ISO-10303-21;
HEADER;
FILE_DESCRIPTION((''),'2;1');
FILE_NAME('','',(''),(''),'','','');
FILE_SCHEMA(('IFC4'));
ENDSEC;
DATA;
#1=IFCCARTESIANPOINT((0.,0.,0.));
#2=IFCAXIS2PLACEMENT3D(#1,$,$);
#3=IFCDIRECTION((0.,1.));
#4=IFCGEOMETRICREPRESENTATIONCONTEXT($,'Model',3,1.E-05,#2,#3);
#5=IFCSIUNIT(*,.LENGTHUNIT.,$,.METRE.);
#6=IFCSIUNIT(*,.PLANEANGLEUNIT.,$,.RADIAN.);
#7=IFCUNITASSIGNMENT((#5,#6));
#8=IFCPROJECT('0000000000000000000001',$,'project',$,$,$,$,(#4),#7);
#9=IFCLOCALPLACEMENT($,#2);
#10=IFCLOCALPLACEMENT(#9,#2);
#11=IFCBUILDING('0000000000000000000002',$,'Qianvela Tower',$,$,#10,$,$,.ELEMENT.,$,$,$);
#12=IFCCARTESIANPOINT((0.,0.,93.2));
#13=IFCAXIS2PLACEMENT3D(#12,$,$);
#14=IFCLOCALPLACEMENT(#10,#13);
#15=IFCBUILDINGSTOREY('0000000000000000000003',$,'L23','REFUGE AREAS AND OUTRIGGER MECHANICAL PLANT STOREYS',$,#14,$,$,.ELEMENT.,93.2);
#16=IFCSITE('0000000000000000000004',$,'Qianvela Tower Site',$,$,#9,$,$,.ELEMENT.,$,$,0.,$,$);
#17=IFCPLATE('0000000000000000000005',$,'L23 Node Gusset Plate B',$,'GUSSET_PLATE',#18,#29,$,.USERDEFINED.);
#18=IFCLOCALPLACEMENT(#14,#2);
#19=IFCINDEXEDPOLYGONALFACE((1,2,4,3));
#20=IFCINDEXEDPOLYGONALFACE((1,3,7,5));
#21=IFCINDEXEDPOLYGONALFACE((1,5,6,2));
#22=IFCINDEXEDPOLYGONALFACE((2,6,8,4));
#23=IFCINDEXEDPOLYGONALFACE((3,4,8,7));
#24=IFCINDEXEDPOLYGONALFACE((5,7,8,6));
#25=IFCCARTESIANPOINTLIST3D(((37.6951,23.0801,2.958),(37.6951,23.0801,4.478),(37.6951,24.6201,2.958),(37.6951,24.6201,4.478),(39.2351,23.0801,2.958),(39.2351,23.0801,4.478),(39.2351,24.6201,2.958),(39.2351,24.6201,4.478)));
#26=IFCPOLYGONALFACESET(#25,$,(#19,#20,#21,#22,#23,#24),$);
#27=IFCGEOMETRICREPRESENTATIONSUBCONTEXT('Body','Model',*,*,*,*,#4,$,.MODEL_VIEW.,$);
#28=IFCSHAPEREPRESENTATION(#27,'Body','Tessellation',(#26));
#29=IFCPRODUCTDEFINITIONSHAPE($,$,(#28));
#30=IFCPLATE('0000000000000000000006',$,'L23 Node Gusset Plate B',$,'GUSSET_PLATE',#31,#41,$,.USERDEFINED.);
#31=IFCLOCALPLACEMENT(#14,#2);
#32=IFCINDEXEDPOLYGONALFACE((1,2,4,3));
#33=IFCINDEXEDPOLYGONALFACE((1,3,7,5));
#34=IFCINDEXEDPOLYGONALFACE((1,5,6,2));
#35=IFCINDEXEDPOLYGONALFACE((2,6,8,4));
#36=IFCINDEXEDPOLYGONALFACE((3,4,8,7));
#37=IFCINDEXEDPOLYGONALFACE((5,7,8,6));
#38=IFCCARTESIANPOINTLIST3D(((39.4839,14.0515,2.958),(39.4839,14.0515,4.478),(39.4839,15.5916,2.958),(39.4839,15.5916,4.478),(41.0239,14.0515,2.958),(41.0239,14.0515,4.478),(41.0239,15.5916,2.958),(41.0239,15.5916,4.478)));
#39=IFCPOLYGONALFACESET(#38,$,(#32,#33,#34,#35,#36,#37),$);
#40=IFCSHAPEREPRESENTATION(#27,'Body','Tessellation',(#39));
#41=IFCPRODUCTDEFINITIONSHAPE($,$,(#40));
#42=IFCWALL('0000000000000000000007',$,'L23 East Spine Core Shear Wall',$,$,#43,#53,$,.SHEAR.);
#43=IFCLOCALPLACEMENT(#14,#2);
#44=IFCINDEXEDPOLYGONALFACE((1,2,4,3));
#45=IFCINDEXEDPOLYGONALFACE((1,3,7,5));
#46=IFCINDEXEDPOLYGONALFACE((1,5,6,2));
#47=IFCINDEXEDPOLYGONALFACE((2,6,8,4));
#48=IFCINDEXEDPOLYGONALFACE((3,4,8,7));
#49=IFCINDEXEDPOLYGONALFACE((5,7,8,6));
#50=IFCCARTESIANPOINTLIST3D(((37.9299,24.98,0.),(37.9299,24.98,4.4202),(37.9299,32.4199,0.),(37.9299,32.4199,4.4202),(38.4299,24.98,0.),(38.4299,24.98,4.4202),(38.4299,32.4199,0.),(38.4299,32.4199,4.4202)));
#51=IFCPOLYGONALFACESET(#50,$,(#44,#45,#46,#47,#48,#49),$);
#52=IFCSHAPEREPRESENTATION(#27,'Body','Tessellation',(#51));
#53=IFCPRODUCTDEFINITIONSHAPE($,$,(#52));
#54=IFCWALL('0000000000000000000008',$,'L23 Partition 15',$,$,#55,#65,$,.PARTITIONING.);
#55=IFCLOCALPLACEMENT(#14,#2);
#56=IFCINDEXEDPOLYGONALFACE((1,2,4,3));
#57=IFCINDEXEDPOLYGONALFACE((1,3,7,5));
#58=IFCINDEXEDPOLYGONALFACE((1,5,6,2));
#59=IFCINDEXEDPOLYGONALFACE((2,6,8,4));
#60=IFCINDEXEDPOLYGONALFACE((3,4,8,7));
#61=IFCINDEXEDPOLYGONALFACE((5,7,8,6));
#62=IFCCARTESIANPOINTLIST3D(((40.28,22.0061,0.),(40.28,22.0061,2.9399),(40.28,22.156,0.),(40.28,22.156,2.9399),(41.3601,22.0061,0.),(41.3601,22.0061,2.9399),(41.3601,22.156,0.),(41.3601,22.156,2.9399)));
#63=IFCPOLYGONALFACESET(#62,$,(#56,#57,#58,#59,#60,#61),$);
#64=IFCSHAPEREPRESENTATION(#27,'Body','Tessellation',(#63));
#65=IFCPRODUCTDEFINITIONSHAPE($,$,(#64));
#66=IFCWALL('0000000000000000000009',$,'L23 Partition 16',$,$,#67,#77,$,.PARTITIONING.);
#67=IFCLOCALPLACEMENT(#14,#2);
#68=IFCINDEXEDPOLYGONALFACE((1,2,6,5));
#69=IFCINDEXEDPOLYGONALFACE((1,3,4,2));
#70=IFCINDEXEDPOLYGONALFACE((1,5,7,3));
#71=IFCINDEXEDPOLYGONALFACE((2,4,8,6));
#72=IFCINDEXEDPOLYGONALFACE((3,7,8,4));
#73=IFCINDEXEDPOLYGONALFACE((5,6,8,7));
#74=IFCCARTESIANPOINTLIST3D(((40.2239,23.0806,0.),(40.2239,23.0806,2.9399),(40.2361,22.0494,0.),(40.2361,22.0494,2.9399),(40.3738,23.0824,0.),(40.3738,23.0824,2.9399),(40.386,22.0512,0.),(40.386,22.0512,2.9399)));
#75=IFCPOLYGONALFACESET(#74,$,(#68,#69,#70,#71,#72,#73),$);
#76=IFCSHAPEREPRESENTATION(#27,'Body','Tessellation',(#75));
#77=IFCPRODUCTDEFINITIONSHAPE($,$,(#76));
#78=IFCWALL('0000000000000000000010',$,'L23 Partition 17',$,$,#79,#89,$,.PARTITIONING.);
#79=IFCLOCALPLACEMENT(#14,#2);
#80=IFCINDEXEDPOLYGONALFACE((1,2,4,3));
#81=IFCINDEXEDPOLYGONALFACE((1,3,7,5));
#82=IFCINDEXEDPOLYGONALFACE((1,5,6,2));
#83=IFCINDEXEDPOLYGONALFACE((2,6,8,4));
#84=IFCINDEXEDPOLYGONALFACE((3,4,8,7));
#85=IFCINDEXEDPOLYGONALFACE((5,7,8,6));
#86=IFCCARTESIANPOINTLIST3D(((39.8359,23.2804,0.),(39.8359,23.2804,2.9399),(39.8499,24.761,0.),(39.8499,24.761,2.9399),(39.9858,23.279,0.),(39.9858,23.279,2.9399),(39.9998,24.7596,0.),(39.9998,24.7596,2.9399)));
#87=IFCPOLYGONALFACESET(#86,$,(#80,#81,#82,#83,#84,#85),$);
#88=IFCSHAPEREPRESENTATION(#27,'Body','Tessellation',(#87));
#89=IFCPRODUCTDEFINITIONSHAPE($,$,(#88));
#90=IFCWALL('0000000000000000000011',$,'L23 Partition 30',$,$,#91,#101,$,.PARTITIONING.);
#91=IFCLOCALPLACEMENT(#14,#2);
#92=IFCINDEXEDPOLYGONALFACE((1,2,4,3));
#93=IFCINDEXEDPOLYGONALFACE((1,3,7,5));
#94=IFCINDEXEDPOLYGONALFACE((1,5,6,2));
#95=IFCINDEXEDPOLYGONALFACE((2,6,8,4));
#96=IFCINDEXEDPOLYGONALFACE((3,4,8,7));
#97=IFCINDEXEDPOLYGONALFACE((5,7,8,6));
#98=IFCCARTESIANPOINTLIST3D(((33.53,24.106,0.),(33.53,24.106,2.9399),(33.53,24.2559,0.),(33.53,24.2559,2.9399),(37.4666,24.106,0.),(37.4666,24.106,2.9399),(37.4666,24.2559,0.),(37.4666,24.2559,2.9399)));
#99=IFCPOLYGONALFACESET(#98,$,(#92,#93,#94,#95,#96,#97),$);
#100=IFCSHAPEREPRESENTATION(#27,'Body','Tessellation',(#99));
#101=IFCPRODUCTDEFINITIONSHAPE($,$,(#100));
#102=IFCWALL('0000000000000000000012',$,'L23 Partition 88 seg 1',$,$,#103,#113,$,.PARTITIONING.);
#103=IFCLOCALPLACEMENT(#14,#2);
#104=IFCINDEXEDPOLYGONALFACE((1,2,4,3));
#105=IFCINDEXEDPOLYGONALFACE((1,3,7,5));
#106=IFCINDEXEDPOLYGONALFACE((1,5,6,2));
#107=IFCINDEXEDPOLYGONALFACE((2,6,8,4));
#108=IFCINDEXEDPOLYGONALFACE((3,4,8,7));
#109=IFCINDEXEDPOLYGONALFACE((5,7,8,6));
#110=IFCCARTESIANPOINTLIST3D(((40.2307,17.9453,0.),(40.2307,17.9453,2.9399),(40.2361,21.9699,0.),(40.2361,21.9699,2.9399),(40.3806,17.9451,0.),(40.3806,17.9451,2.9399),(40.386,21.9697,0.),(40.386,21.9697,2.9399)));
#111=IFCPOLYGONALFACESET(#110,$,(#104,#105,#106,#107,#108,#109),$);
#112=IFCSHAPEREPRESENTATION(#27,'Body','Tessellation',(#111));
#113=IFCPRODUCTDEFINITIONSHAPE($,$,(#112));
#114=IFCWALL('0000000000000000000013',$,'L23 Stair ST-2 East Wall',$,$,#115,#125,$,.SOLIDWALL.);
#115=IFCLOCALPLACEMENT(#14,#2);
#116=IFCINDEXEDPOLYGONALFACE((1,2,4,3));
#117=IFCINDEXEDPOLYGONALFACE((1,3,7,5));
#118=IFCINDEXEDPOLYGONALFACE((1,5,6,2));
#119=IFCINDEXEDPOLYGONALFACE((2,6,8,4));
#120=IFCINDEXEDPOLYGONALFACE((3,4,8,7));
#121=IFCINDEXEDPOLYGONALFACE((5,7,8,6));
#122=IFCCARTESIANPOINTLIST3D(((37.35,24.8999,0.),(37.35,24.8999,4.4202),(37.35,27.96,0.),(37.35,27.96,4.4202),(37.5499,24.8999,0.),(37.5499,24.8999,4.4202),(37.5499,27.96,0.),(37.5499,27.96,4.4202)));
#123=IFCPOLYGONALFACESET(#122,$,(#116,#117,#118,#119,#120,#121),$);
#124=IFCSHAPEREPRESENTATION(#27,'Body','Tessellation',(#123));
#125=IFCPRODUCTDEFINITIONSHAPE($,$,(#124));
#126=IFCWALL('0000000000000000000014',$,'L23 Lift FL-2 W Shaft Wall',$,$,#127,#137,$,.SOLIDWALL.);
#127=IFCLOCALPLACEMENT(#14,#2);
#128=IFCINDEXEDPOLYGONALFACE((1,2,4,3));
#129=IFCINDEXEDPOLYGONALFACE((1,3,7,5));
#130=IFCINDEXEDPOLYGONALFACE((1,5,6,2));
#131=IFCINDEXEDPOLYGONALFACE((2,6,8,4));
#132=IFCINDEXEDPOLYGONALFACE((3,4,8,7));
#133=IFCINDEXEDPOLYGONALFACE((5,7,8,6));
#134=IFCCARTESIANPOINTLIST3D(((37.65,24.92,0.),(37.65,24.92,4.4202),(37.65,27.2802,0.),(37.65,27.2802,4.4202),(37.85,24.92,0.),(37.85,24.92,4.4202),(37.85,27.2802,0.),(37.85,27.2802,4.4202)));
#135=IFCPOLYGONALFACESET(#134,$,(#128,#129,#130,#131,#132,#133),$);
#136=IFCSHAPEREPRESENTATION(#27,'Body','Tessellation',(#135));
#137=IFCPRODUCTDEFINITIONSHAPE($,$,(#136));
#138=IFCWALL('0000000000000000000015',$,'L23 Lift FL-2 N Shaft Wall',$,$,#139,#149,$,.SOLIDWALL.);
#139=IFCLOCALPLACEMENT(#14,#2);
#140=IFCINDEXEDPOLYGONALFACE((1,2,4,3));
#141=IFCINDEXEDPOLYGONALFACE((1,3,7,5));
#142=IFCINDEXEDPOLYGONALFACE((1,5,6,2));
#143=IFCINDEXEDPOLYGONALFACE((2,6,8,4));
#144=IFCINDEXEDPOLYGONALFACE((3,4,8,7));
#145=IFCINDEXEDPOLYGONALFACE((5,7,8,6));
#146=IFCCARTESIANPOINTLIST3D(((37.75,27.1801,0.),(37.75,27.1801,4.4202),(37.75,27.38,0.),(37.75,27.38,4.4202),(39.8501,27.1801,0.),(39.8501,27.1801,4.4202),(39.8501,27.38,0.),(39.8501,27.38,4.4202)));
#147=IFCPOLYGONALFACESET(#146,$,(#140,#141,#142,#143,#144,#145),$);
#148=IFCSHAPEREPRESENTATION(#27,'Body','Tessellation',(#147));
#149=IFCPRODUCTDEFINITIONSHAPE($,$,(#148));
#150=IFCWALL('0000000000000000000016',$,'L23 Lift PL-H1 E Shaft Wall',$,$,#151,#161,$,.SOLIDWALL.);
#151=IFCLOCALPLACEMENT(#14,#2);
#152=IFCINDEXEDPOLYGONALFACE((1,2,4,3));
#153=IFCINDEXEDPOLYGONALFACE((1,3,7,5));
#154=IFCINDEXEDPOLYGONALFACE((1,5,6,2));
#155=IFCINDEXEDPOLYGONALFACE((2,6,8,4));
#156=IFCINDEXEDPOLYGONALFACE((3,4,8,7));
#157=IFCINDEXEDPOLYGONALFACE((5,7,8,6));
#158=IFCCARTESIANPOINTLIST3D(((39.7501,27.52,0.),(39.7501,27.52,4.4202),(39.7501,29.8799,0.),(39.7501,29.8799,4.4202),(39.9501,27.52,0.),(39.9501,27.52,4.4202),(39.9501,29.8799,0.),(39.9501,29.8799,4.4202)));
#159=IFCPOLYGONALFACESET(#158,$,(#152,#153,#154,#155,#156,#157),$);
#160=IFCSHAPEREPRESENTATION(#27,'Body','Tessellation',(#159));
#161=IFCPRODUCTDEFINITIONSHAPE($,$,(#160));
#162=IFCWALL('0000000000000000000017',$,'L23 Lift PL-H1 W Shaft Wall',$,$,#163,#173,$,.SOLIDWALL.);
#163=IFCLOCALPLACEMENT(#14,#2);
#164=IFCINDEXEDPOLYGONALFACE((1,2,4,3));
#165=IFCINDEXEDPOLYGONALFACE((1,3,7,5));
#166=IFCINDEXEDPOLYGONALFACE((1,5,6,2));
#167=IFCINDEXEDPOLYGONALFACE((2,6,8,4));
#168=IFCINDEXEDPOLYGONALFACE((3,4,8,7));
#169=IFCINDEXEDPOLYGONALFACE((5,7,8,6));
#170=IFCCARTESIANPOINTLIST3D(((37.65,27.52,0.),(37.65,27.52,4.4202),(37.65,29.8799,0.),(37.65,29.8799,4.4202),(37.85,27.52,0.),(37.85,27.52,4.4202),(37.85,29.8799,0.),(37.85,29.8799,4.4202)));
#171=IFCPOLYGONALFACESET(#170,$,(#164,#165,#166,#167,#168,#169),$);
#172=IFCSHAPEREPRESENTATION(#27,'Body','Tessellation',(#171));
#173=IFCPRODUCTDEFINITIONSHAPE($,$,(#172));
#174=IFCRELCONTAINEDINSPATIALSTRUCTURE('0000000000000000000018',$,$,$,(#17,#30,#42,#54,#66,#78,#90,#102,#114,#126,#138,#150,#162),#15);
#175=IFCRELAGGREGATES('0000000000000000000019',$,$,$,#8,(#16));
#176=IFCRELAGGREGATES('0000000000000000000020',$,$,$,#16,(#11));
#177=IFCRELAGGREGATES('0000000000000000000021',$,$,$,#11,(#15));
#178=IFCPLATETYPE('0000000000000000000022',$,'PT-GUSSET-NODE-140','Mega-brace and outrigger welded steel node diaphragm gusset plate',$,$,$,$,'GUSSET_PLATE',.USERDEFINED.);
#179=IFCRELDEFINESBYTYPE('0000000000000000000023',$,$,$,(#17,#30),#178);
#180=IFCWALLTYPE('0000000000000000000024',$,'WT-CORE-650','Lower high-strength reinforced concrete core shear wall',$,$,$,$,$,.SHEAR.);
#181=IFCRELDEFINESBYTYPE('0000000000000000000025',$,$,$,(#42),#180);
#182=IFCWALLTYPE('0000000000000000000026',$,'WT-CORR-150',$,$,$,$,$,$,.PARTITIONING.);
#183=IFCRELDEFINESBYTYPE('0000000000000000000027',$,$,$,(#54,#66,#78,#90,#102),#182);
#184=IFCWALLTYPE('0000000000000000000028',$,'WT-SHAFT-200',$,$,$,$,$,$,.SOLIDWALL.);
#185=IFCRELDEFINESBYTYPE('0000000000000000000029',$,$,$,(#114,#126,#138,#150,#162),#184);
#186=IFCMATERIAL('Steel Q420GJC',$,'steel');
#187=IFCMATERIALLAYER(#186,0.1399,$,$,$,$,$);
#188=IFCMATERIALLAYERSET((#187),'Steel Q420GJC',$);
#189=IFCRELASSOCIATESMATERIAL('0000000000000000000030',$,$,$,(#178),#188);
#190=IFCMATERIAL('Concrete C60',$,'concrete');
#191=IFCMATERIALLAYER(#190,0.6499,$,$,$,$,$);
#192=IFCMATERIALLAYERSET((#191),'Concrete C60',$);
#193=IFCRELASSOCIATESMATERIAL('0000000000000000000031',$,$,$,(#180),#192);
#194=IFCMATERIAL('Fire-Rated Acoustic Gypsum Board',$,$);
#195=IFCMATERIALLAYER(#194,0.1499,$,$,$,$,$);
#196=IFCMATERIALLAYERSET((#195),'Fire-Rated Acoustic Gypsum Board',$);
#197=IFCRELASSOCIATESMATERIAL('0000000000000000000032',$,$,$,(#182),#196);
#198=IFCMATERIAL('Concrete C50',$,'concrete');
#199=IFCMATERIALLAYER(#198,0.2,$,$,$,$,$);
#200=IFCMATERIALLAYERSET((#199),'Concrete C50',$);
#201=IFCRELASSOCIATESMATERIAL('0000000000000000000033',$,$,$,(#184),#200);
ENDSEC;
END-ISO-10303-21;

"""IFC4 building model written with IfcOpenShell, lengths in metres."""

from ifc_helpers import new_model, si_unit, direction, frame, frame_2d, origin, origin_2d, place, context, subcontext, project, spatial, rectangle, extrude, material, layer, layer_set, type_object, element, save


model = new_model("IFC4")

# Units and contexts
model_context = context("Model", 3, precision=1e-05, world=origin(), true_north=direction((0.0, 1.0)))
body_context = subcontext(model_context, "Body", "Model", "MODEL_VIEW")
ifc_project = project(units=[si_unit("LENGTHUNIT", "METRE"), si_unit("PLANEANGLEUNIT", "RADIAN")], contexts=[model_context])

# Site, building, storey
site_placement = place(None, origin())
site = spatial("IfcSite", under=ifc_project, at=site_placement, Name="Qianvela Tower Site", CompositionType="ELEMENT", RefElevation=0.0)
building_placement = place(site_placement, origin())
building = spatial("IfcBuilding", under=site, at=building_placement, Name="Qianvela Tower", CompositionType="ELEMENT")
storey_placement = place(building_placement, frame((0.0, 0.0, 93.2)))
storey = spatial("IfcBuildingStorey", under=building, at=storey_placement, Name="L23", Description="REFUGE AREAS AND OUTRIGGER MECHANICAL PLANT STOREYS", CompositionType="ELEMENT", Elevation=93.2)

# Plates
ifc_material_1 = material(Name="Steel Q420GJC", Category="steel")
ifc_layer_1 = layer(ifc_material_1, 0.1399)
ifc_layer_set_1 = layer_set([ifc_layer_1], Name="Steel Q420GJC")
plate_type = type_object("IfcPlateType", Name="PT-GUSSET-NODE-140", Description="Mega-brace and outrigger welded steel node diaphragm gusset plate", ElementType="GUSSET_PLATE", PredefinedType="USERDEFINED", material=ifc_layer_set_1)
for number, where, z_axis, x_axis, name in (
    (1, (38.4651, 23.8501, 2.958), (0.0, 0.0, 1.0), (1.0, 0.0, 0.0), "L23 Node Gusset Plate B"),
    (2, (40.2539, 14.8215, 2.958), (0.0, 0.0, 1.0), (1.0, 0.0, 0.0), "L23 Node Gusset Plate B"),
):
    element("IfcPlate", number, at=place(storey_placement, frame(where, z_axis=z_axis, x_axis=x_axis)), inside=storey, type_object=plate_type, Name=name, ObjectType="GUSSET_PLATE", PredefinedType="USERDEFINED", context=body_context, shape_type="SweptSolid", body=[
        extrude(rectangle(XDim=1.54, YDim=1.54, at=origin_2d()), origin(), (0.0, 0.0, 1.0), 1.52),
    ])

# Walls
ifc_material_2 = material(Name="Concrete C60", Category="concrete")
ifc_layer_2 = layer(ifc_material_2, 0.6499)
ifc_layer_set_2 = layer_set([ifc_layer_2], Name="Concrete C60")
wall_type_1 = type_object("IfcWallType", Name="WT-CORE-650", Description="Lower high-strength reinforced concrete core shear wall", PredefinedType="SHEAR", material=ifc_layer_set_2)
wall_1_placement = place(storey_placement, frame((38.1799, 24.98, 0.0), z_axis=(0.0, 0.0, 1.0), x_axis=(0.0, 1.0, 0.0)))
element("IfcWall", 3, at=wall_1_placement, inside=storey, type_object=wall_type_1, Name="L23 East Spine Core Shear Wall", PredefinedType="SHEAR", context=body_context, shape_type="SweptSolid", body=[
    extrude(rectangle(XDim=7.4399, YDim=0.5, at=frame_2d((3.72, 0.0))), origin(), (0.0, 0.0, 1.0), 4.4202),
])
ifc_material_3 = material(Name="Fire-Rated Acoustic Gypsum Board")
ifc_layer_3 = layer(ifc_material_3, 0.1499)
ifc_layer_set_3 = layer_set([ifc_layer_3], Name="Fire-Rated Acoustic Gypsum Board")
wall_type_2 = type_object("IfcWallType", Name="WT-CORR-150", PredefinedType="PARTITIONING", material=ifc_layer_set_3)
wall_2_placement = place(storey_placement, frame((41.3601, 22.0811, 0.0), z_axis=(0.0, 0.0, 1.0), x_axis=(-1.0, 0.0, 0.0)))
element("IfcWall", 4, at=wall_2_placement, inside=storey, type_object=wall_type_2, Name="L23 Partition 15", PredefinedType="PARTITIONING", context=body_context, shape_type="SweptSolid", body=[
    extrude(rectangle(XDim=1.0801, YDim=0.1499, at=frame_2d((0.54, 0.0))), origin(), (0.0, 0.0, 1.0), 2.9399),
])
wall_3_placement = place(storey_placement, frame((40.311, 22.0503, 0.0), z_axis=(0.0, 0.0, 1.0), x_axis=(-0.011836, 0.99993, 0.0)))
element("IfcWall", 5, at=wall_3_placement, inside=storey, type_object=wall_type_2, Name="L23 Partition 16", PredefinedType="PARTITIONING", context=body_context, shape_type="SweptSolid", body=[
    extrude(rectangle(XDim=1.0312, YDim=0.1499, at=frame_2d((0.5156, 0.0))), origin(), (0.0, 0.0, 1.0), 2.9399),
])
wall_4_placement = place(storey_placement, frame((39.9109, 23.2798, 0.0), z_axis=(0.0, 0.0, 1.0), x_axis=(0.009398, 0.999956, 0.0)))
element("IfcWall", 6, at=wall_4_placement, inside=storey, type_object=wall_type_2, Name="L23 Partition 17", PredefinedType="PARTITIONING", context=body_context, shape_type="SweptSolid", body=[
    extrude(rectangle(XDim=1.4807, YDim=0.1499, at=frame_2d((0.7402, 0.0))), origin(), (0.0, 0.0, 1.0), 2.9399),
])
wall_5_placement = place(storey_placement, frame((37.4666, 24.1809, 0.0), z_axis=(0.0, 0.0, 1.0), x_axis=(-1.0, 0.0, 0.0)))
element("IfcWall", 7, at=wall_5_placement, inside=storey, type_object=wall_type_2, Name="L23 Partition 30", PredefinedType="PARTITIONING", context=body_context, shape_type="SweptSolid", body=[
    extrude(rectangle(XDim=3.9365, YDim=0.1499, at=frame_2d((1.9683, 0.0))), origin(), (0.0, 0.0, 1.0), 2.9399),
])

# Walls
wall_6_placement = place(storey_placement, frame((40.3057, 17.9453, 0.0), z_axis=(0.0, 0.0, 1.0), x_axis=(0.001335, 0.999999, 0.0)))
element("IfcWall", 8, at=wall_6_placement, inside=storey, type_object=wall_type_2, Name="L23 Partition 88 seg 1", PredefinedType="PARTITIONING", context=body_context, shape_type="SweptSolid", body=[
    extrude(rectangle(XDim=4.0247, YDim=0.1499, at=frame_2d((2.0122, 0.0))), origin(), (0.0, 0.0, 1.0), 2.9399),
])
ifc_material_4 = material(Name="Concrete C50", Category="concrete")
ifc_layer_4 = layer(ifc_material_4, 0.2)
ifc_layer_set_4 = layer_set([ifc_layer_4], Name="Concrete C50")
wall_type_3 = type_object("IfcWallType", Name="WT-SHAFT-200", PredefinedType="SOLIDWALL", material=ifc_layer_set_4)
wall_7_placement = place(storey_placement, frame((37.45, 24.8999, 0.0), z_axis=(0.0, 0.0, 1.0), x_axis=(0.0, 1.0, 0.0)))
element("IfcWall", 9, at=wall_7_placement, inside=storey, type_object=wall_type_3, Name="L23 Stair ST-2 East Wall", PredefinedType="SOLIDWALL", context=body_context, shape_type="SweptSolid", body=[
    extrude(rectangle(XDim=3.0601, YDim=0.2, at=frame_2d((1.53, 0.0))), origin(), (0.0, 0.0, 1.0), 4.4202),
])

# Walls
wall_8_placement = place(storey_placement, frame((37.75, 24.9199, 0.0), z_axis=(0.0, 0.0, 1.0), x_axis=(0.0, 1.0, 0.0)))
element("IfcWall", 10, at=wall_8_placement, inside=storey, type_object=wall_type_3, Name="L23 Lift FL-2 W Shaft Wall", PredefinedType="SOLIDWALL", context=body_context, shape_type="SweptSolid", body=[
    extrude(rectangle(XDim=2.3601, YDim=0.2, at=frame_2d((1.1802, 0.0))), origin(), (0.0, 0.0, 1.0), 4.4202),
])
wall_9_placement = place(storey_placement, frame((37.75, 27.28, 0.0), z_axis=(0.0, 0.0, 1.0), x_axis=(1.0, 0.0, 0.0)))
element("IfcWall", 11, at=wall_9_placement, inside=storey, type_object=wall_type_3, Name="L23 Lift FL-2 N Shaft Wall", PredefinedType="SOLIDWALL", context=body_context, shape_type="SweptSolid", body=[
    extrude(rectangle(XDim=2.1001, YDim=0.2, at=frame_2d((1.05, 0.0))), origin(), (0.0, 0.0, 1.0), 4.4202),
])
for number, where, z_axis, x_axis, name in (
    (12, (39.8501, 27.52, 0.0), (0.0, 0.0, 1.0), (0.0, 1.0, 0.0), "L23 Lift PL-H1 E Shaft Wall"),
    (13, (37.75, 27.52, 0.0), (0.0, 0.0, 1.0), (0.0, 1.0, 0.0), "L23 Lift PL-H1 W Shaft Wall"),
):
    element("IfcWall", number, at=place(storey_placement, frame(where, z_axis=z_axis, x_axis=x_axis)), inside=storey, type_object=wall_type_3, Name=name, PredefinedType="SOLIDWALL", context=body_context, shape_type="SweptSolid", body=[
        extrude(rectangle(XDim=2.3599, YDim=0.2, at=frame_2d((1.1799, 0.0))), origin(), (0.0, 0.0, 1.0), 4.4202),
    ])

save(model, "model.ifc")
